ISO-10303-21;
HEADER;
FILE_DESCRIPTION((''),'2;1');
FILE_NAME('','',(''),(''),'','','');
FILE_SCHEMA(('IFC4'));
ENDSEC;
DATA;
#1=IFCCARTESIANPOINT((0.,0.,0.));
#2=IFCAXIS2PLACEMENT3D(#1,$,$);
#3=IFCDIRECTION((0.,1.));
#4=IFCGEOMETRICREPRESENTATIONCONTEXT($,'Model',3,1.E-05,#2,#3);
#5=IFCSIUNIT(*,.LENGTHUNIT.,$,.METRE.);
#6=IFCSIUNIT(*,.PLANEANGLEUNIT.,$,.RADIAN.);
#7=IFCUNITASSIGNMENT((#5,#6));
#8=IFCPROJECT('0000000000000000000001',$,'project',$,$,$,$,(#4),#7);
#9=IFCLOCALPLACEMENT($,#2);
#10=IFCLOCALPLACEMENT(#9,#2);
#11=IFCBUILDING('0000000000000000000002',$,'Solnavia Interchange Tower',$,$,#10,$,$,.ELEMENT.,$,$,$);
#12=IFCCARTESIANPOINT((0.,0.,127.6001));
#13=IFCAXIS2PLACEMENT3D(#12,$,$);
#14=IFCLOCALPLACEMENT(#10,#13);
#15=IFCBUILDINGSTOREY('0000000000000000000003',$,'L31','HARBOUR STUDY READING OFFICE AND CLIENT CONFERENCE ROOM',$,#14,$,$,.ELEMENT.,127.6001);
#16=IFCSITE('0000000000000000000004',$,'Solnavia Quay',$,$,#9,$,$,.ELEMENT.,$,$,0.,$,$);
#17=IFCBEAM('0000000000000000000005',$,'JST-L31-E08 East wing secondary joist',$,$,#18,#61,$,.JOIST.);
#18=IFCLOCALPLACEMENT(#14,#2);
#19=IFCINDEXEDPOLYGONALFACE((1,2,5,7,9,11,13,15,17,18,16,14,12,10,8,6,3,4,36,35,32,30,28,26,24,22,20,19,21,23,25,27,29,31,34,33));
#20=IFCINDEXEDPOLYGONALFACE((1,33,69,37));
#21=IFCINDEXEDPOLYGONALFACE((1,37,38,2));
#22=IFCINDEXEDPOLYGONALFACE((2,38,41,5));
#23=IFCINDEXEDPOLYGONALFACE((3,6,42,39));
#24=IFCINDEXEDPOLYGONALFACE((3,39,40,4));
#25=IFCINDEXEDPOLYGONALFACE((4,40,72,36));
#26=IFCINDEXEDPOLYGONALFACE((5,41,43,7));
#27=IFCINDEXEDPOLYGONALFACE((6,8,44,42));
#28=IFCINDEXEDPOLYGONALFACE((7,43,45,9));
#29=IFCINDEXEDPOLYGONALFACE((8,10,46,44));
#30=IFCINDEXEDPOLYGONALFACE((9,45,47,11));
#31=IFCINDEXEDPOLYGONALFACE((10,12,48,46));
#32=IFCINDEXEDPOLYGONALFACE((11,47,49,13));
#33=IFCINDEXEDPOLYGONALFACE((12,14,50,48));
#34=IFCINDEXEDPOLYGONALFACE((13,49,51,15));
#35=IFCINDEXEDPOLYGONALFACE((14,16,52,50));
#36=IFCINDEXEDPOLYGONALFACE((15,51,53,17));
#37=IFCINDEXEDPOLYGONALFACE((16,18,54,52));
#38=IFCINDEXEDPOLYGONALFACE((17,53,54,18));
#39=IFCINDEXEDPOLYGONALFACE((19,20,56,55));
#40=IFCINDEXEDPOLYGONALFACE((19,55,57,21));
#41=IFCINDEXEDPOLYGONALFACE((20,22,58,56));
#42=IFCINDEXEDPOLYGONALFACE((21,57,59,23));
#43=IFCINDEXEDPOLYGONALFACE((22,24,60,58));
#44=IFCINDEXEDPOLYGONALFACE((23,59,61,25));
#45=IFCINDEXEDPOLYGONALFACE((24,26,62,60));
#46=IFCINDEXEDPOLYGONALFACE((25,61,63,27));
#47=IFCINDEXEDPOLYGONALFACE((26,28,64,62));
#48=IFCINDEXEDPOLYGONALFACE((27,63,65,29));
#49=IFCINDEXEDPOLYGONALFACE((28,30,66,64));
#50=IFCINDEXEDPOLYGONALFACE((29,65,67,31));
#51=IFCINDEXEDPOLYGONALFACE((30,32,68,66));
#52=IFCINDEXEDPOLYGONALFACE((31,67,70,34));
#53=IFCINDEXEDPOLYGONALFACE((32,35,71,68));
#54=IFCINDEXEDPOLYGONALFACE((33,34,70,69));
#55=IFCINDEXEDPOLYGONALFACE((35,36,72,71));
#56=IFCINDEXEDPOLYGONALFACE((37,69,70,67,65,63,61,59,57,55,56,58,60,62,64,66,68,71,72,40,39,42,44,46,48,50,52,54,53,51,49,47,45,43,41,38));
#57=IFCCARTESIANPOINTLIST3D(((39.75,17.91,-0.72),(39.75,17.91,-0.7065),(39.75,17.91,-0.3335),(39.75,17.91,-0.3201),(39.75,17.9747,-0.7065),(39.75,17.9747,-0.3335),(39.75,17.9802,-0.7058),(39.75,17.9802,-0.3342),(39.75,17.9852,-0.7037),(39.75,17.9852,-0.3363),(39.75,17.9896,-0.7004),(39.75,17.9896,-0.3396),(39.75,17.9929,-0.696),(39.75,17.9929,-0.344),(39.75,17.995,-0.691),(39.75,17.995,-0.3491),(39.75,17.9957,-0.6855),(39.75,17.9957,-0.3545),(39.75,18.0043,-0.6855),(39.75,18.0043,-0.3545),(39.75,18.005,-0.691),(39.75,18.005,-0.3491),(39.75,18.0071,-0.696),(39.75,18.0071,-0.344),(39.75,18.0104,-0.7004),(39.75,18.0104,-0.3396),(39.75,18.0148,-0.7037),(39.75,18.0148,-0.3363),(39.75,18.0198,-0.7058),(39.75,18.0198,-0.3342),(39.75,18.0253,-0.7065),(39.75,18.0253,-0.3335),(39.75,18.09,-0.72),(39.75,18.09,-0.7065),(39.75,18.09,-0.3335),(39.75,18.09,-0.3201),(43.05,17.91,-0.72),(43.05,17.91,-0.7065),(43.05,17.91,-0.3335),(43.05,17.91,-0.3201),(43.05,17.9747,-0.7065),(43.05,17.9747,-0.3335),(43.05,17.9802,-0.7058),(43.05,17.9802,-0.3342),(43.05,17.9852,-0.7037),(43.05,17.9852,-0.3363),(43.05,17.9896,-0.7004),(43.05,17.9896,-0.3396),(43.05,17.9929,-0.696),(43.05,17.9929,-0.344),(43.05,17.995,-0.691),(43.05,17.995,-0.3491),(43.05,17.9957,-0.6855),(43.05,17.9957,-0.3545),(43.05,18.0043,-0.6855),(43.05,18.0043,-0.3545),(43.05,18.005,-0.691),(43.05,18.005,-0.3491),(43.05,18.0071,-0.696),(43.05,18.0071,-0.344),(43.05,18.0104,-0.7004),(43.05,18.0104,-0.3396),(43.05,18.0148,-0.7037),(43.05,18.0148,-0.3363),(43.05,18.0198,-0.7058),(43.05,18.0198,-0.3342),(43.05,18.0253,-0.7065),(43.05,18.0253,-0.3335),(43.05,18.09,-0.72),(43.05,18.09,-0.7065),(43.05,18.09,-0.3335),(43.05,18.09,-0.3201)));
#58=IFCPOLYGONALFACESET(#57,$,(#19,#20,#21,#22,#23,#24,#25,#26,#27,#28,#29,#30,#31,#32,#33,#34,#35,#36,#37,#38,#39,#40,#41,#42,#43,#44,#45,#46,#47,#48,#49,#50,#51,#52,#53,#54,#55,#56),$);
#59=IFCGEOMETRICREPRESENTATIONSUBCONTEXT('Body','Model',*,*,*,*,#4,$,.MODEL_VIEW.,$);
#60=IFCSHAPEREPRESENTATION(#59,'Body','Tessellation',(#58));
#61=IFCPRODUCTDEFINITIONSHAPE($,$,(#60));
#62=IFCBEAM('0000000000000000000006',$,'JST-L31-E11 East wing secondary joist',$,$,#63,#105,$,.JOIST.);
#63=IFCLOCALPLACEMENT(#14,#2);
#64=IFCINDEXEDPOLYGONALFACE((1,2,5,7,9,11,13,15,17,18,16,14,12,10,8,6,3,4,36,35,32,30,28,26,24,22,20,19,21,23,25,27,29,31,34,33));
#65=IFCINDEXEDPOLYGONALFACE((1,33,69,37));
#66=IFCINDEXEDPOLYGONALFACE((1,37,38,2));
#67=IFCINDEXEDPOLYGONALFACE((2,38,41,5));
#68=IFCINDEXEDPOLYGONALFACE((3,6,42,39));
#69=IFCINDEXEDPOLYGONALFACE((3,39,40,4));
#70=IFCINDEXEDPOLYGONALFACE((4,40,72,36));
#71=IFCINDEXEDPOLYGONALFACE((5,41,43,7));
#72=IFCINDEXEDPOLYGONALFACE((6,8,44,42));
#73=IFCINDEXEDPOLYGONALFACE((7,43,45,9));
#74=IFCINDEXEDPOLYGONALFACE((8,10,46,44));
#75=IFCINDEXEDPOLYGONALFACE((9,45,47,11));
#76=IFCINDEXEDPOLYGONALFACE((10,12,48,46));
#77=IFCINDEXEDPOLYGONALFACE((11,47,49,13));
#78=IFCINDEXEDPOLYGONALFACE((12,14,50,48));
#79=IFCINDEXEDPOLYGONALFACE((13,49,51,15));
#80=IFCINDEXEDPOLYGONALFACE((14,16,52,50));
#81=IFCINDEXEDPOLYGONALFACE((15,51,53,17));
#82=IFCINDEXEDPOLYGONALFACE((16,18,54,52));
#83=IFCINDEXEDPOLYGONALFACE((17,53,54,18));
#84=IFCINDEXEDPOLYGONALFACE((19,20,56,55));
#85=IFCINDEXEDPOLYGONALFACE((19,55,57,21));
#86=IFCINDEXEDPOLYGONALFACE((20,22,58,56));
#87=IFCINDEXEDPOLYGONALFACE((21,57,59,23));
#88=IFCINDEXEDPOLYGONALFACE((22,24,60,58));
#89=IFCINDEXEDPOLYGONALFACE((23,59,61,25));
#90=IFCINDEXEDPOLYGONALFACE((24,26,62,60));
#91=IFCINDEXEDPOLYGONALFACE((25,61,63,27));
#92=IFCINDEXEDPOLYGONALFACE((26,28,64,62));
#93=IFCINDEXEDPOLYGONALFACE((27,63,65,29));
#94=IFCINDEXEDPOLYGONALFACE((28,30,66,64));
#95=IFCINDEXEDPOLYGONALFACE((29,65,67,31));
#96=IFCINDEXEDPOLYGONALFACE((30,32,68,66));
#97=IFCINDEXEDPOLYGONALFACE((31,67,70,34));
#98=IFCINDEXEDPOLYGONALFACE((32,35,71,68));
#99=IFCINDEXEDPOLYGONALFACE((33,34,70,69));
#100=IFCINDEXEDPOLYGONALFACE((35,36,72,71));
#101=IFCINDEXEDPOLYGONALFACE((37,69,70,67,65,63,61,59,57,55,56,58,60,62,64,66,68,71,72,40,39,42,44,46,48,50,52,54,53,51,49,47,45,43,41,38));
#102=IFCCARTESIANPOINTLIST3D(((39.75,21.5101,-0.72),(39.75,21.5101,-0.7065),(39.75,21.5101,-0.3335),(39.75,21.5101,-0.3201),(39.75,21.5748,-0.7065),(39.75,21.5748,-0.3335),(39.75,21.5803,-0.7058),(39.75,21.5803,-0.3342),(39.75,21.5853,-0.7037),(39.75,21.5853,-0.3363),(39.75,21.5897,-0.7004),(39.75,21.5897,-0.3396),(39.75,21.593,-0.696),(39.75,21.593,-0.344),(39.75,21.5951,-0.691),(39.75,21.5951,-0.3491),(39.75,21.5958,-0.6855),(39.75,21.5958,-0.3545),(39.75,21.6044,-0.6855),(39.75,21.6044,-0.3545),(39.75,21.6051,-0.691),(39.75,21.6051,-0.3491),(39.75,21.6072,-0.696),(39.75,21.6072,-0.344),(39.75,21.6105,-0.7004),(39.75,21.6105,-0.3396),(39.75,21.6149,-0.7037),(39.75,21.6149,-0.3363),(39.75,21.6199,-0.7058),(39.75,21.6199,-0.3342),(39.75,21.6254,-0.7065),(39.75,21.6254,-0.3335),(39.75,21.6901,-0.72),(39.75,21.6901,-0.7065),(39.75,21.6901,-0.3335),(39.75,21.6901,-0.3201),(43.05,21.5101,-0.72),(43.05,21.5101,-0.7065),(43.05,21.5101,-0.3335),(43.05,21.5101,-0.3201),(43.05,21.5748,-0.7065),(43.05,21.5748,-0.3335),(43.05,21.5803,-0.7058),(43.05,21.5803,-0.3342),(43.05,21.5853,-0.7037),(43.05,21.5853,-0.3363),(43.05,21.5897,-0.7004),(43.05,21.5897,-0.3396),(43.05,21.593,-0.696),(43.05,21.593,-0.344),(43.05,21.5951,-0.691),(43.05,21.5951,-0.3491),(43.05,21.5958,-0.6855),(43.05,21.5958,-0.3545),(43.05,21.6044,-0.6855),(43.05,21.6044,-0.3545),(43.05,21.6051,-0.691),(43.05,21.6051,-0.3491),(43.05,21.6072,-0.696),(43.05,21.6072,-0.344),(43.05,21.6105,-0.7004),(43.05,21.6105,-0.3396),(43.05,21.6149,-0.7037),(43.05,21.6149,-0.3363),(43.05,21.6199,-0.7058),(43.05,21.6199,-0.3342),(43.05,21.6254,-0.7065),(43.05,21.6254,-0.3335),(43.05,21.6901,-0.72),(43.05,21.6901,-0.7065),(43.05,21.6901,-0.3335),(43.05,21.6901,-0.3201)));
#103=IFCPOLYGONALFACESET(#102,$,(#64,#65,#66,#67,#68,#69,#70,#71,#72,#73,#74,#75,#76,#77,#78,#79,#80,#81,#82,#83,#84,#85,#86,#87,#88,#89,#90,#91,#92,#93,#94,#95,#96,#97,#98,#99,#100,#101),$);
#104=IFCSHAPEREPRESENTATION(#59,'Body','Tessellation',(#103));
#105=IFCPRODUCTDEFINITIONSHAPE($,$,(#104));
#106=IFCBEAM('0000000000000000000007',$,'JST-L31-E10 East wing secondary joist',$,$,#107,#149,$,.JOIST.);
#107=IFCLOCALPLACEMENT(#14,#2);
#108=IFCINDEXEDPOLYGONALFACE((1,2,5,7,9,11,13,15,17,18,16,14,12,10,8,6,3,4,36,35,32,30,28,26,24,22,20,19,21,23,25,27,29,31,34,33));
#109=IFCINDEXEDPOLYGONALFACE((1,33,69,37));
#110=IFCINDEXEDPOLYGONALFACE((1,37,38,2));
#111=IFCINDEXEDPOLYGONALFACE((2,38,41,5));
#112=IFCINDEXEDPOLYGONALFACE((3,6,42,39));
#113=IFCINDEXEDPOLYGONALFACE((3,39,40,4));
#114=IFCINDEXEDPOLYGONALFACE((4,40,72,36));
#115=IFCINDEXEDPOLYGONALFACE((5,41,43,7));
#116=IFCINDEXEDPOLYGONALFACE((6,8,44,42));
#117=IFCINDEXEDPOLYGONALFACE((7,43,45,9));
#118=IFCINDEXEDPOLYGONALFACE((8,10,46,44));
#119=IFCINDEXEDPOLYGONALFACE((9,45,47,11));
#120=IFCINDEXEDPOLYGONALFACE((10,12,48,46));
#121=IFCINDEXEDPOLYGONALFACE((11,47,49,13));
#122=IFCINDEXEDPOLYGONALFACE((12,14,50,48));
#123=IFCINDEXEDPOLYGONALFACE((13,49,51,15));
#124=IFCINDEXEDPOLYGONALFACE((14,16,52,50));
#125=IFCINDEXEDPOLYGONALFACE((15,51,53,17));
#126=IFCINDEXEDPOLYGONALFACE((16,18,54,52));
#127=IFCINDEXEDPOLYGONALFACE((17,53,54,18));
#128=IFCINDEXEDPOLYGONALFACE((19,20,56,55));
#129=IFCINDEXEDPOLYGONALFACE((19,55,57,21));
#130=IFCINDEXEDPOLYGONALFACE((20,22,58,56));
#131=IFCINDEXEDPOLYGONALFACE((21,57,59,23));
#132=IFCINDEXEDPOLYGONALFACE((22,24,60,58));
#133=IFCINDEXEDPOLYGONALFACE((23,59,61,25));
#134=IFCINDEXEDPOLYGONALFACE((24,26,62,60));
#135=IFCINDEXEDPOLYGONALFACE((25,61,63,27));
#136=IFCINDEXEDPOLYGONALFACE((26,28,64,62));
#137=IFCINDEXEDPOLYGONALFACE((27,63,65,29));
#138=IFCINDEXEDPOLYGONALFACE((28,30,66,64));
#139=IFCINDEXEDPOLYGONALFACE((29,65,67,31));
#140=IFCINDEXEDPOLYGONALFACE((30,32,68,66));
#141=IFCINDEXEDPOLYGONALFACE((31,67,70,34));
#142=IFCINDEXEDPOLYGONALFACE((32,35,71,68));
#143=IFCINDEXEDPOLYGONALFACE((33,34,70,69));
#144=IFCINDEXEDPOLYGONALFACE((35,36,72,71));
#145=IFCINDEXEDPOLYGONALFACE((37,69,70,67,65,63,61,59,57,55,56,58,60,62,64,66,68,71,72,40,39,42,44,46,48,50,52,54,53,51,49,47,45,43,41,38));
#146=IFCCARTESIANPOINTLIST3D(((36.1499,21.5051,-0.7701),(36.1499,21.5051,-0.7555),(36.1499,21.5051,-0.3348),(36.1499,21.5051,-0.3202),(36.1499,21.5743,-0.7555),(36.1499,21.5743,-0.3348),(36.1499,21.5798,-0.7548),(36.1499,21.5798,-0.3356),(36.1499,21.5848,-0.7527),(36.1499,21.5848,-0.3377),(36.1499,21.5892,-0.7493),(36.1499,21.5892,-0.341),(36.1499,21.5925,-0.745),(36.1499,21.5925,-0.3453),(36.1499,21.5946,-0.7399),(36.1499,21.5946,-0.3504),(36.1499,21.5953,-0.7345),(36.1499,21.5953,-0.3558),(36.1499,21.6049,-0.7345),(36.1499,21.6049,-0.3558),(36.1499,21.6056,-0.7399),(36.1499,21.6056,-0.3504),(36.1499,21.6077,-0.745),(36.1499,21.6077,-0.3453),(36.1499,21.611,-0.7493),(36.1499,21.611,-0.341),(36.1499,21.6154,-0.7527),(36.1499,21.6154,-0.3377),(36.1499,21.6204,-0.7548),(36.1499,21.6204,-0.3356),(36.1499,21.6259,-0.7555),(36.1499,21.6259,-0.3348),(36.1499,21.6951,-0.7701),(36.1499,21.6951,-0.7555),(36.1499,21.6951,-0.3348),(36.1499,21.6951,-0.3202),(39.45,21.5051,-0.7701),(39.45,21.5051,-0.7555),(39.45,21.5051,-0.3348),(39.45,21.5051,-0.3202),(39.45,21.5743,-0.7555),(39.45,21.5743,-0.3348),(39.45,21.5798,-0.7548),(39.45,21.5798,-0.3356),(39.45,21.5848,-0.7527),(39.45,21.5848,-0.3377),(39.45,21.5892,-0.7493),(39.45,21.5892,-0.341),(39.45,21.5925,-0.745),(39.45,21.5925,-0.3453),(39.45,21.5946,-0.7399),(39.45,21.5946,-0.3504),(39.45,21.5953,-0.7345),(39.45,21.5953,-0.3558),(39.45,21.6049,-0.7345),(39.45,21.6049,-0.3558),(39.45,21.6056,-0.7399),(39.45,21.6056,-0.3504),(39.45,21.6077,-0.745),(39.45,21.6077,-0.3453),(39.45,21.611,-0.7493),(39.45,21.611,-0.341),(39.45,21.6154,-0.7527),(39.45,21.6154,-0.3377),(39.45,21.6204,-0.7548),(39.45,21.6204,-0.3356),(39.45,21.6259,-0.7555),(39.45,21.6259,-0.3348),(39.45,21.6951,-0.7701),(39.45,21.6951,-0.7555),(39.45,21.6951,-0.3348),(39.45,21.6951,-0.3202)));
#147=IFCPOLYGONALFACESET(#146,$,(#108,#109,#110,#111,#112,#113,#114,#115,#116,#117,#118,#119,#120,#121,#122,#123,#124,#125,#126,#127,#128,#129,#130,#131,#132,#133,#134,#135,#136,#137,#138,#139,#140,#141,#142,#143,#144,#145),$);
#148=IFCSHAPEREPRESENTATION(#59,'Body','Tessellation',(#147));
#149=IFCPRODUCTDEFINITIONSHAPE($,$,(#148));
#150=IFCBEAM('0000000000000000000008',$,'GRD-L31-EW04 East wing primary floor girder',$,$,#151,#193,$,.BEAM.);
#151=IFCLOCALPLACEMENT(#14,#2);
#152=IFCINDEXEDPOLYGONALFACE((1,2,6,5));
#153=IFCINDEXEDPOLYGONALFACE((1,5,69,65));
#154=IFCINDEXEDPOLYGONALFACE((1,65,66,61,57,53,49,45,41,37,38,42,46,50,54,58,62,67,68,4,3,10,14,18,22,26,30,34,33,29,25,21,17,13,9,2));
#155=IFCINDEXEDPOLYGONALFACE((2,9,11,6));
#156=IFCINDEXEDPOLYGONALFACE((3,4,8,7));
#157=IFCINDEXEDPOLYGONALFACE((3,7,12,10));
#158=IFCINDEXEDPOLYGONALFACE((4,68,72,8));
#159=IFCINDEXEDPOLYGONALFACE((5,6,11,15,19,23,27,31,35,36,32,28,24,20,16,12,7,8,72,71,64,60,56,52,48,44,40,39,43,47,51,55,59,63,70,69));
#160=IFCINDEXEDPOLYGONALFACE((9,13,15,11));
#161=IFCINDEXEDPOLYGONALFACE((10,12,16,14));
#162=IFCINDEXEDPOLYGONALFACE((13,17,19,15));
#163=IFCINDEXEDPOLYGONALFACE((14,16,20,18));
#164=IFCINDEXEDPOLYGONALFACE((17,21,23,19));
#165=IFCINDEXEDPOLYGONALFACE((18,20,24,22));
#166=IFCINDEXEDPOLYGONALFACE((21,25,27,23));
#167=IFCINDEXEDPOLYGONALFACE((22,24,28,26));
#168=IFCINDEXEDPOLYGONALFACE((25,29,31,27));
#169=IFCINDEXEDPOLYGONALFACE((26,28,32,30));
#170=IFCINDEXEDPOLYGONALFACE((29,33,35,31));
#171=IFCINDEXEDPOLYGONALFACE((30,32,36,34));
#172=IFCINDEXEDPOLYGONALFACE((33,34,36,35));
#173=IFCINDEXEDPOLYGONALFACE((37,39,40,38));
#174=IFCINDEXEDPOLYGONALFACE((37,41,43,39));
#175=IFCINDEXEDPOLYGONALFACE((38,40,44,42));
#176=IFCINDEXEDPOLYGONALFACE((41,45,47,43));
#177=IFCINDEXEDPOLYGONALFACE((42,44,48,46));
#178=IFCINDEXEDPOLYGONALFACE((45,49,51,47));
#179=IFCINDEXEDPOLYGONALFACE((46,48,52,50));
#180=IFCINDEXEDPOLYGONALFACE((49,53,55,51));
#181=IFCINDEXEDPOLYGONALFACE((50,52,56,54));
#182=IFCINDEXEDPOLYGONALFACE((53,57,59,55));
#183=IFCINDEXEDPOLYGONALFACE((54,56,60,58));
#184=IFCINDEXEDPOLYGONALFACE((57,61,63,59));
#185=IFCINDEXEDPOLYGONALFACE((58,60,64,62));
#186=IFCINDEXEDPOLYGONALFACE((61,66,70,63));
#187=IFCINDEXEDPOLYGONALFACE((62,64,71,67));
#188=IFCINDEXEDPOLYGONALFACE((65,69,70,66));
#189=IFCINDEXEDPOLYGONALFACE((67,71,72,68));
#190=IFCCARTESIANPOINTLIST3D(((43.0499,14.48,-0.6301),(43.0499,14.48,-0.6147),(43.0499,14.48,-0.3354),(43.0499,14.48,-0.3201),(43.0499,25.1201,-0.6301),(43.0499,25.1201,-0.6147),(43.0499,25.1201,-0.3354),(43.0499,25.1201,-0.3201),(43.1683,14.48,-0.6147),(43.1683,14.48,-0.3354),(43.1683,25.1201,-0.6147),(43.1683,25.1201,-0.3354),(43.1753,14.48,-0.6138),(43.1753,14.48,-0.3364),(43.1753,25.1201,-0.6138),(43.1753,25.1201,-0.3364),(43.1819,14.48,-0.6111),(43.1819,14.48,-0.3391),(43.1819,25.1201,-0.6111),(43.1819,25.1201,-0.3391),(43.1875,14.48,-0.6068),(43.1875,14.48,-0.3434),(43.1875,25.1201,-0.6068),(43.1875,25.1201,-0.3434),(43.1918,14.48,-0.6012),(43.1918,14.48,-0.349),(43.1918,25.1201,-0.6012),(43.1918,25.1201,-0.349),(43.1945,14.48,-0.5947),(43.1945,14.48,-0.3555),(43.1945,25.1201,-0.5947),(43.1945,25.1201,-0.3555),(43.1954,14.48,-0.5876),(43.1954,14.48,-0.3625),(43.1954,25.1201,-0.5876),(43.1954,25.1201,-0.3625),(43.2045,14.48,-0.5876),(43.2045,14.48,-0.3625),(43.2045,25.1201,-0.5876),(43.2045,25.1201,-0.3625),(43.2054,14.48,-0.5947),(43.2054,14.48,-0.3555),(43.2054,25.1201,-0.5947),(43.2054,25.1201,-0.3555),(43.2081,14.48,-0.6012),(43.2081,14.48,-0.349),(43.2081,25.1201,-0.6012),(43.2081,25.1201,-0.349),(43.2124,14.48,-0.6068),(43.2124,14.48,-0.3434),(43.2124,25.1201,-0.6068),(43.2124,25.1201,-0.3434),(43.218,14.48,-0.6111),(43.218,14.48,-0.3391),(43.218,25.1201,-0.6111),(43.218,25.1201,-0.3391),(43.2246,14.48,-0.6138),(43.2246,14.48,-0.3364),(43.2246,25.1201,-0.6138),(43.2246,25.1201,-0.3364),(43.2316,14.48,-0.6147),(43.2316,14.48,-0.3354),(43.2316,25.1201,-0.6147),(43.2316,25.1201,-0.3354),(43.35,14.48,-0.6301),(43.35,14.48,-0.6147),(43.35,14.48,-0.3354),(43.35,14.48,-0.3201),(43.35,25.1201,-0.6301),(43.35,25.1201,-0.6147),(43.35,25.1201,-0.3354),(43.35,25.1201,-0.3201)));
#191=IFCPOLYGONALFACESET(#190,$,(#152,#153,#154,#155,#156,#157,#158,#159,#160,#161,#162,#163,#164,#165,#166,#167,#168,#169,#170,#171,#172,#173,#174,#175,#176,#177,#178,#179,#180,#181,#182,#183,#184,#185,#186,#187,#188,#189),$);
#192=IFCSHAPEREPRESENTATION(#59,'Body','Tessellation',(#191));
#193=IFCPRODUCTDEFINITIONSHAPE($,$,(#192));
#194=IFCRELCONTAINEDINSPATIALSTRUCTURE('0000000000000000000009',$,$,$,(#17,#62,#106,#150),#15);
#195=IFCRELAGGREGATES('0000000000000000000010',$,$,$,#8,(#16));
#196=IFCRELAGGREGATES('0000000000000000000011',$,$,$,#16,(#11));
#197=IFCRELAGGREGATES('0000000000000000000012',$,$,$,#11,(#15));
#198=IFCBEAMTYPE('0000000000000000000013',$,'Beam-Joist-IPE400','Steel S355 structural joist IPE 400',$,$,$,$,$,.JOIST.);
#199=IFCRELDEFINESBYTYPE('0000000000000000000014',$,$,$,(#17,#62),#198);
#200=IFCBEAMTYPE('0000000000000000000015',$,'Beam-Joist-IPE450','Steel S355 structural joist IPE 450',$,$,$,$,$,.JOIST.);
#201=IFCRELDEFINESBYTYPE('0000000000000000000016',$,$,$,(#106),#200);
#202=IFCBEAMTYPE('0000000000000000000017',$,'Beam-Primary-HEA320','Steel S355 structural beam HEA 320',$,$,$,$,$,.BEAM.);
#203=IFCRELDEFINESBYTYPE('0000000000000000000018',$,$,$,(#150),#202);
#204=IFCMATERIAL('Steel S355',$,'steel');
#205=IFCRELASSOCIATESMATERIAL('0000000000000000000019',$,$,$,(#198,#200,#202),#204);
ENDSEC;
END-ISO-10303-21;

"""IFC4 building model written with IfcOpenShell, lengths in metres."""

from ifc_helpers import new_model, si_unit, direction, frame, origin, origin_2d, place, context, subcontext, project, spatial, i_section, extrude, material, material_profile, profile_set, type_object, element, save


model = new_model("IFC4")

# Units and contexts
model_context = context("Model", 3, precision=1e-05, world=origin(), true_north=direction((0.0, 1.0)))
body_context = subcontext(model_context, "Body", "Model", "MODEL_VIEW")
ifc_project = project(units=[si_unit("LENGTHUNIT", "METRE"), si_unit("PLANEANGLEUNIT", "RADIAN")], contexts=[model_context])

# Site, building, storey
site_placement = place(None, origin())
site = spatial("IfcSite", under=ifc_project, at=site_placement, Name="Solnavia Quay", CompositionType="ELEMENT", RefElevation=0.0)
building_placement = place(site_placement, origin())
building = spatial("IfcBuilding", under=site, at=building_placement, Name="Solnavia Interchange Tower", CompositionType="ELEMENT")
storey_placement = place(building_placement, frame((0.0, 0.0, 127.6001)))
storey = spatial("IfcBuildingStorey", under=building, at=storey_placement, Name="L31", Description="HARBOUR STUDY READING OFFICE AND CLIENT CONFERENCE ROOM", CompositionType="ELEMENT", Elevation=127.6001)

# Shared definitions
ifc_material_1 = material(Name="Steel S355", Category="steel")

# Beams
ifc_material_profile_1 = material_profile(ifc_material_1, i_section(OverallWidth=0.1799, OverallDepth=0.3999, WebThickness=0.0085, FlangeThickness=0.0134, FilletRadius=0.021, at=origin_2d()), Name="IPE 400")
ifc_profile_set_1 = profile_set([ifc_material_profile_1], Name="Steel S355")
beam_type_1 = type_object("IfcBeamType", Name="Beam-Joist-IPE400", Description="Steel S355 structural joist IPE 400", PredefinedType="JOIST", material=ifc_profile_set_1)
for number, where, z_axis, x_axis, name in (
    (1, (39.75, 18.0, -0.52), (1.0, 0.0, 0.0), (0.0, 1.0, 0.0), "JST-L31-E08 East wing secondary joist"),
    (2, (39.75, 21.6001, -0.52), (1.0, 0.0, 0.0), (0.0, 1.0, 0.0), "JST-L31-E11 East wing secondary joist"),
):
    element("IfcBeam", number, at=place(storey_placement, frame(where, z_axis=z_axis, x_axis=x_axis)), inside=storey, type_object=beam_type_1, Name=name, PredefinedType="JOIST", context=body_context, shape_type="SweptSolid", body=[
        extrude(i_section(OverallWidth=0.1799, OverallDepth=0.3999, WebThickness=0.0085, FlangeThickness=0.0134, FilletRadius=0.021, at=origin_2d()), origin(), (0.0, 0.0, 1.0), 3.3),
    ])
ifc_material_profile_2 = material_profile(ifc_material_1, i_section(OverallWidth=0.1899, OverallDepth=0.45, WebThickness=0.0095, FlangeThickness=0.0146, FilletRadius=0.021, at=origin_2d()), Name="IPE 450")
ifc_profile_set_2 = profile_set([ifc_material_profile_2], Name="Steel S355")
beam_type_2 = type_object("IfcBeamType", Name="Beam-Joist-IPE450", Description="Steel S355 structural joist IPE 450", PredefinedType="JOIST", material=ifc_profile_set_2)
beam_1_placement = place(storey_placement, frame((36.1499, 21.6001, -0.5452), z_axis=(1.0, 0.0, 0.0), x_axis=(0.0, 1.0, 0.0)))
element("IfcBeam", 3, at=beam_1_placement, inside=storey, type_object=beam_type_2, Name="JST-L31-E10 East wing secondary joist", PredefinedType="JOIST", context=body_context, shape_type="SweptSolid", body=[
    extrude(i_section(OverallWidth=0.1899, OverallDepth=0.45, WebThickness=0.0095, FlangeThickness=0.0146, FilletRadius=0.021, at=origin_2d()), origin(), (0.0, 0.0, 1.0), 3.3),
])
ifc_material_profile_3 = material_profile(ifc_material_1, i_section(OverallWidth=0.3, OverallDepth=0.3101, WebThickness=0.009, FlangeThickness=0.0154, FilletRadius=0.0271, at=origin_2d()), Name="HEA 320")
ifc_profile_set_3 = profile_set([ifc_material_profile_3], Name="Steel S355")
beam_type_3 = type_object("IfcBeamType", Name="Beam-Primary-HEA320", Description="Steel S355 structural beam HEA 320", PredefinedType="BEAM", material=ifc_profile_set_3)
beam_2_placement = place(storey_placement, frame((43.2, 14.48, -0.4751), z_axis=(0.0, 1.0, 0.0), x_axis=(-1.0, 0.0, 0.0)))
element("IfcBeam", 4, at=beam_2_placement, inside=storey, type_object=beam_type_3, Name="GRD-L31-EW04 East wing primary floor girder", PredefinedType="BEAM", context=body_context, shape_type="SweptSolid", body=[
    extrude(i_section(OverallWidth=0.3, OverallDepth=0.3101, WebThickness=0.009, FlangeThickness=0.0154, FilletRadius=0.0271, at=origin_2d()), origin(), (0.0, 0.0, 1.0), 10.6401),
])

save(model, "model.ifc")
